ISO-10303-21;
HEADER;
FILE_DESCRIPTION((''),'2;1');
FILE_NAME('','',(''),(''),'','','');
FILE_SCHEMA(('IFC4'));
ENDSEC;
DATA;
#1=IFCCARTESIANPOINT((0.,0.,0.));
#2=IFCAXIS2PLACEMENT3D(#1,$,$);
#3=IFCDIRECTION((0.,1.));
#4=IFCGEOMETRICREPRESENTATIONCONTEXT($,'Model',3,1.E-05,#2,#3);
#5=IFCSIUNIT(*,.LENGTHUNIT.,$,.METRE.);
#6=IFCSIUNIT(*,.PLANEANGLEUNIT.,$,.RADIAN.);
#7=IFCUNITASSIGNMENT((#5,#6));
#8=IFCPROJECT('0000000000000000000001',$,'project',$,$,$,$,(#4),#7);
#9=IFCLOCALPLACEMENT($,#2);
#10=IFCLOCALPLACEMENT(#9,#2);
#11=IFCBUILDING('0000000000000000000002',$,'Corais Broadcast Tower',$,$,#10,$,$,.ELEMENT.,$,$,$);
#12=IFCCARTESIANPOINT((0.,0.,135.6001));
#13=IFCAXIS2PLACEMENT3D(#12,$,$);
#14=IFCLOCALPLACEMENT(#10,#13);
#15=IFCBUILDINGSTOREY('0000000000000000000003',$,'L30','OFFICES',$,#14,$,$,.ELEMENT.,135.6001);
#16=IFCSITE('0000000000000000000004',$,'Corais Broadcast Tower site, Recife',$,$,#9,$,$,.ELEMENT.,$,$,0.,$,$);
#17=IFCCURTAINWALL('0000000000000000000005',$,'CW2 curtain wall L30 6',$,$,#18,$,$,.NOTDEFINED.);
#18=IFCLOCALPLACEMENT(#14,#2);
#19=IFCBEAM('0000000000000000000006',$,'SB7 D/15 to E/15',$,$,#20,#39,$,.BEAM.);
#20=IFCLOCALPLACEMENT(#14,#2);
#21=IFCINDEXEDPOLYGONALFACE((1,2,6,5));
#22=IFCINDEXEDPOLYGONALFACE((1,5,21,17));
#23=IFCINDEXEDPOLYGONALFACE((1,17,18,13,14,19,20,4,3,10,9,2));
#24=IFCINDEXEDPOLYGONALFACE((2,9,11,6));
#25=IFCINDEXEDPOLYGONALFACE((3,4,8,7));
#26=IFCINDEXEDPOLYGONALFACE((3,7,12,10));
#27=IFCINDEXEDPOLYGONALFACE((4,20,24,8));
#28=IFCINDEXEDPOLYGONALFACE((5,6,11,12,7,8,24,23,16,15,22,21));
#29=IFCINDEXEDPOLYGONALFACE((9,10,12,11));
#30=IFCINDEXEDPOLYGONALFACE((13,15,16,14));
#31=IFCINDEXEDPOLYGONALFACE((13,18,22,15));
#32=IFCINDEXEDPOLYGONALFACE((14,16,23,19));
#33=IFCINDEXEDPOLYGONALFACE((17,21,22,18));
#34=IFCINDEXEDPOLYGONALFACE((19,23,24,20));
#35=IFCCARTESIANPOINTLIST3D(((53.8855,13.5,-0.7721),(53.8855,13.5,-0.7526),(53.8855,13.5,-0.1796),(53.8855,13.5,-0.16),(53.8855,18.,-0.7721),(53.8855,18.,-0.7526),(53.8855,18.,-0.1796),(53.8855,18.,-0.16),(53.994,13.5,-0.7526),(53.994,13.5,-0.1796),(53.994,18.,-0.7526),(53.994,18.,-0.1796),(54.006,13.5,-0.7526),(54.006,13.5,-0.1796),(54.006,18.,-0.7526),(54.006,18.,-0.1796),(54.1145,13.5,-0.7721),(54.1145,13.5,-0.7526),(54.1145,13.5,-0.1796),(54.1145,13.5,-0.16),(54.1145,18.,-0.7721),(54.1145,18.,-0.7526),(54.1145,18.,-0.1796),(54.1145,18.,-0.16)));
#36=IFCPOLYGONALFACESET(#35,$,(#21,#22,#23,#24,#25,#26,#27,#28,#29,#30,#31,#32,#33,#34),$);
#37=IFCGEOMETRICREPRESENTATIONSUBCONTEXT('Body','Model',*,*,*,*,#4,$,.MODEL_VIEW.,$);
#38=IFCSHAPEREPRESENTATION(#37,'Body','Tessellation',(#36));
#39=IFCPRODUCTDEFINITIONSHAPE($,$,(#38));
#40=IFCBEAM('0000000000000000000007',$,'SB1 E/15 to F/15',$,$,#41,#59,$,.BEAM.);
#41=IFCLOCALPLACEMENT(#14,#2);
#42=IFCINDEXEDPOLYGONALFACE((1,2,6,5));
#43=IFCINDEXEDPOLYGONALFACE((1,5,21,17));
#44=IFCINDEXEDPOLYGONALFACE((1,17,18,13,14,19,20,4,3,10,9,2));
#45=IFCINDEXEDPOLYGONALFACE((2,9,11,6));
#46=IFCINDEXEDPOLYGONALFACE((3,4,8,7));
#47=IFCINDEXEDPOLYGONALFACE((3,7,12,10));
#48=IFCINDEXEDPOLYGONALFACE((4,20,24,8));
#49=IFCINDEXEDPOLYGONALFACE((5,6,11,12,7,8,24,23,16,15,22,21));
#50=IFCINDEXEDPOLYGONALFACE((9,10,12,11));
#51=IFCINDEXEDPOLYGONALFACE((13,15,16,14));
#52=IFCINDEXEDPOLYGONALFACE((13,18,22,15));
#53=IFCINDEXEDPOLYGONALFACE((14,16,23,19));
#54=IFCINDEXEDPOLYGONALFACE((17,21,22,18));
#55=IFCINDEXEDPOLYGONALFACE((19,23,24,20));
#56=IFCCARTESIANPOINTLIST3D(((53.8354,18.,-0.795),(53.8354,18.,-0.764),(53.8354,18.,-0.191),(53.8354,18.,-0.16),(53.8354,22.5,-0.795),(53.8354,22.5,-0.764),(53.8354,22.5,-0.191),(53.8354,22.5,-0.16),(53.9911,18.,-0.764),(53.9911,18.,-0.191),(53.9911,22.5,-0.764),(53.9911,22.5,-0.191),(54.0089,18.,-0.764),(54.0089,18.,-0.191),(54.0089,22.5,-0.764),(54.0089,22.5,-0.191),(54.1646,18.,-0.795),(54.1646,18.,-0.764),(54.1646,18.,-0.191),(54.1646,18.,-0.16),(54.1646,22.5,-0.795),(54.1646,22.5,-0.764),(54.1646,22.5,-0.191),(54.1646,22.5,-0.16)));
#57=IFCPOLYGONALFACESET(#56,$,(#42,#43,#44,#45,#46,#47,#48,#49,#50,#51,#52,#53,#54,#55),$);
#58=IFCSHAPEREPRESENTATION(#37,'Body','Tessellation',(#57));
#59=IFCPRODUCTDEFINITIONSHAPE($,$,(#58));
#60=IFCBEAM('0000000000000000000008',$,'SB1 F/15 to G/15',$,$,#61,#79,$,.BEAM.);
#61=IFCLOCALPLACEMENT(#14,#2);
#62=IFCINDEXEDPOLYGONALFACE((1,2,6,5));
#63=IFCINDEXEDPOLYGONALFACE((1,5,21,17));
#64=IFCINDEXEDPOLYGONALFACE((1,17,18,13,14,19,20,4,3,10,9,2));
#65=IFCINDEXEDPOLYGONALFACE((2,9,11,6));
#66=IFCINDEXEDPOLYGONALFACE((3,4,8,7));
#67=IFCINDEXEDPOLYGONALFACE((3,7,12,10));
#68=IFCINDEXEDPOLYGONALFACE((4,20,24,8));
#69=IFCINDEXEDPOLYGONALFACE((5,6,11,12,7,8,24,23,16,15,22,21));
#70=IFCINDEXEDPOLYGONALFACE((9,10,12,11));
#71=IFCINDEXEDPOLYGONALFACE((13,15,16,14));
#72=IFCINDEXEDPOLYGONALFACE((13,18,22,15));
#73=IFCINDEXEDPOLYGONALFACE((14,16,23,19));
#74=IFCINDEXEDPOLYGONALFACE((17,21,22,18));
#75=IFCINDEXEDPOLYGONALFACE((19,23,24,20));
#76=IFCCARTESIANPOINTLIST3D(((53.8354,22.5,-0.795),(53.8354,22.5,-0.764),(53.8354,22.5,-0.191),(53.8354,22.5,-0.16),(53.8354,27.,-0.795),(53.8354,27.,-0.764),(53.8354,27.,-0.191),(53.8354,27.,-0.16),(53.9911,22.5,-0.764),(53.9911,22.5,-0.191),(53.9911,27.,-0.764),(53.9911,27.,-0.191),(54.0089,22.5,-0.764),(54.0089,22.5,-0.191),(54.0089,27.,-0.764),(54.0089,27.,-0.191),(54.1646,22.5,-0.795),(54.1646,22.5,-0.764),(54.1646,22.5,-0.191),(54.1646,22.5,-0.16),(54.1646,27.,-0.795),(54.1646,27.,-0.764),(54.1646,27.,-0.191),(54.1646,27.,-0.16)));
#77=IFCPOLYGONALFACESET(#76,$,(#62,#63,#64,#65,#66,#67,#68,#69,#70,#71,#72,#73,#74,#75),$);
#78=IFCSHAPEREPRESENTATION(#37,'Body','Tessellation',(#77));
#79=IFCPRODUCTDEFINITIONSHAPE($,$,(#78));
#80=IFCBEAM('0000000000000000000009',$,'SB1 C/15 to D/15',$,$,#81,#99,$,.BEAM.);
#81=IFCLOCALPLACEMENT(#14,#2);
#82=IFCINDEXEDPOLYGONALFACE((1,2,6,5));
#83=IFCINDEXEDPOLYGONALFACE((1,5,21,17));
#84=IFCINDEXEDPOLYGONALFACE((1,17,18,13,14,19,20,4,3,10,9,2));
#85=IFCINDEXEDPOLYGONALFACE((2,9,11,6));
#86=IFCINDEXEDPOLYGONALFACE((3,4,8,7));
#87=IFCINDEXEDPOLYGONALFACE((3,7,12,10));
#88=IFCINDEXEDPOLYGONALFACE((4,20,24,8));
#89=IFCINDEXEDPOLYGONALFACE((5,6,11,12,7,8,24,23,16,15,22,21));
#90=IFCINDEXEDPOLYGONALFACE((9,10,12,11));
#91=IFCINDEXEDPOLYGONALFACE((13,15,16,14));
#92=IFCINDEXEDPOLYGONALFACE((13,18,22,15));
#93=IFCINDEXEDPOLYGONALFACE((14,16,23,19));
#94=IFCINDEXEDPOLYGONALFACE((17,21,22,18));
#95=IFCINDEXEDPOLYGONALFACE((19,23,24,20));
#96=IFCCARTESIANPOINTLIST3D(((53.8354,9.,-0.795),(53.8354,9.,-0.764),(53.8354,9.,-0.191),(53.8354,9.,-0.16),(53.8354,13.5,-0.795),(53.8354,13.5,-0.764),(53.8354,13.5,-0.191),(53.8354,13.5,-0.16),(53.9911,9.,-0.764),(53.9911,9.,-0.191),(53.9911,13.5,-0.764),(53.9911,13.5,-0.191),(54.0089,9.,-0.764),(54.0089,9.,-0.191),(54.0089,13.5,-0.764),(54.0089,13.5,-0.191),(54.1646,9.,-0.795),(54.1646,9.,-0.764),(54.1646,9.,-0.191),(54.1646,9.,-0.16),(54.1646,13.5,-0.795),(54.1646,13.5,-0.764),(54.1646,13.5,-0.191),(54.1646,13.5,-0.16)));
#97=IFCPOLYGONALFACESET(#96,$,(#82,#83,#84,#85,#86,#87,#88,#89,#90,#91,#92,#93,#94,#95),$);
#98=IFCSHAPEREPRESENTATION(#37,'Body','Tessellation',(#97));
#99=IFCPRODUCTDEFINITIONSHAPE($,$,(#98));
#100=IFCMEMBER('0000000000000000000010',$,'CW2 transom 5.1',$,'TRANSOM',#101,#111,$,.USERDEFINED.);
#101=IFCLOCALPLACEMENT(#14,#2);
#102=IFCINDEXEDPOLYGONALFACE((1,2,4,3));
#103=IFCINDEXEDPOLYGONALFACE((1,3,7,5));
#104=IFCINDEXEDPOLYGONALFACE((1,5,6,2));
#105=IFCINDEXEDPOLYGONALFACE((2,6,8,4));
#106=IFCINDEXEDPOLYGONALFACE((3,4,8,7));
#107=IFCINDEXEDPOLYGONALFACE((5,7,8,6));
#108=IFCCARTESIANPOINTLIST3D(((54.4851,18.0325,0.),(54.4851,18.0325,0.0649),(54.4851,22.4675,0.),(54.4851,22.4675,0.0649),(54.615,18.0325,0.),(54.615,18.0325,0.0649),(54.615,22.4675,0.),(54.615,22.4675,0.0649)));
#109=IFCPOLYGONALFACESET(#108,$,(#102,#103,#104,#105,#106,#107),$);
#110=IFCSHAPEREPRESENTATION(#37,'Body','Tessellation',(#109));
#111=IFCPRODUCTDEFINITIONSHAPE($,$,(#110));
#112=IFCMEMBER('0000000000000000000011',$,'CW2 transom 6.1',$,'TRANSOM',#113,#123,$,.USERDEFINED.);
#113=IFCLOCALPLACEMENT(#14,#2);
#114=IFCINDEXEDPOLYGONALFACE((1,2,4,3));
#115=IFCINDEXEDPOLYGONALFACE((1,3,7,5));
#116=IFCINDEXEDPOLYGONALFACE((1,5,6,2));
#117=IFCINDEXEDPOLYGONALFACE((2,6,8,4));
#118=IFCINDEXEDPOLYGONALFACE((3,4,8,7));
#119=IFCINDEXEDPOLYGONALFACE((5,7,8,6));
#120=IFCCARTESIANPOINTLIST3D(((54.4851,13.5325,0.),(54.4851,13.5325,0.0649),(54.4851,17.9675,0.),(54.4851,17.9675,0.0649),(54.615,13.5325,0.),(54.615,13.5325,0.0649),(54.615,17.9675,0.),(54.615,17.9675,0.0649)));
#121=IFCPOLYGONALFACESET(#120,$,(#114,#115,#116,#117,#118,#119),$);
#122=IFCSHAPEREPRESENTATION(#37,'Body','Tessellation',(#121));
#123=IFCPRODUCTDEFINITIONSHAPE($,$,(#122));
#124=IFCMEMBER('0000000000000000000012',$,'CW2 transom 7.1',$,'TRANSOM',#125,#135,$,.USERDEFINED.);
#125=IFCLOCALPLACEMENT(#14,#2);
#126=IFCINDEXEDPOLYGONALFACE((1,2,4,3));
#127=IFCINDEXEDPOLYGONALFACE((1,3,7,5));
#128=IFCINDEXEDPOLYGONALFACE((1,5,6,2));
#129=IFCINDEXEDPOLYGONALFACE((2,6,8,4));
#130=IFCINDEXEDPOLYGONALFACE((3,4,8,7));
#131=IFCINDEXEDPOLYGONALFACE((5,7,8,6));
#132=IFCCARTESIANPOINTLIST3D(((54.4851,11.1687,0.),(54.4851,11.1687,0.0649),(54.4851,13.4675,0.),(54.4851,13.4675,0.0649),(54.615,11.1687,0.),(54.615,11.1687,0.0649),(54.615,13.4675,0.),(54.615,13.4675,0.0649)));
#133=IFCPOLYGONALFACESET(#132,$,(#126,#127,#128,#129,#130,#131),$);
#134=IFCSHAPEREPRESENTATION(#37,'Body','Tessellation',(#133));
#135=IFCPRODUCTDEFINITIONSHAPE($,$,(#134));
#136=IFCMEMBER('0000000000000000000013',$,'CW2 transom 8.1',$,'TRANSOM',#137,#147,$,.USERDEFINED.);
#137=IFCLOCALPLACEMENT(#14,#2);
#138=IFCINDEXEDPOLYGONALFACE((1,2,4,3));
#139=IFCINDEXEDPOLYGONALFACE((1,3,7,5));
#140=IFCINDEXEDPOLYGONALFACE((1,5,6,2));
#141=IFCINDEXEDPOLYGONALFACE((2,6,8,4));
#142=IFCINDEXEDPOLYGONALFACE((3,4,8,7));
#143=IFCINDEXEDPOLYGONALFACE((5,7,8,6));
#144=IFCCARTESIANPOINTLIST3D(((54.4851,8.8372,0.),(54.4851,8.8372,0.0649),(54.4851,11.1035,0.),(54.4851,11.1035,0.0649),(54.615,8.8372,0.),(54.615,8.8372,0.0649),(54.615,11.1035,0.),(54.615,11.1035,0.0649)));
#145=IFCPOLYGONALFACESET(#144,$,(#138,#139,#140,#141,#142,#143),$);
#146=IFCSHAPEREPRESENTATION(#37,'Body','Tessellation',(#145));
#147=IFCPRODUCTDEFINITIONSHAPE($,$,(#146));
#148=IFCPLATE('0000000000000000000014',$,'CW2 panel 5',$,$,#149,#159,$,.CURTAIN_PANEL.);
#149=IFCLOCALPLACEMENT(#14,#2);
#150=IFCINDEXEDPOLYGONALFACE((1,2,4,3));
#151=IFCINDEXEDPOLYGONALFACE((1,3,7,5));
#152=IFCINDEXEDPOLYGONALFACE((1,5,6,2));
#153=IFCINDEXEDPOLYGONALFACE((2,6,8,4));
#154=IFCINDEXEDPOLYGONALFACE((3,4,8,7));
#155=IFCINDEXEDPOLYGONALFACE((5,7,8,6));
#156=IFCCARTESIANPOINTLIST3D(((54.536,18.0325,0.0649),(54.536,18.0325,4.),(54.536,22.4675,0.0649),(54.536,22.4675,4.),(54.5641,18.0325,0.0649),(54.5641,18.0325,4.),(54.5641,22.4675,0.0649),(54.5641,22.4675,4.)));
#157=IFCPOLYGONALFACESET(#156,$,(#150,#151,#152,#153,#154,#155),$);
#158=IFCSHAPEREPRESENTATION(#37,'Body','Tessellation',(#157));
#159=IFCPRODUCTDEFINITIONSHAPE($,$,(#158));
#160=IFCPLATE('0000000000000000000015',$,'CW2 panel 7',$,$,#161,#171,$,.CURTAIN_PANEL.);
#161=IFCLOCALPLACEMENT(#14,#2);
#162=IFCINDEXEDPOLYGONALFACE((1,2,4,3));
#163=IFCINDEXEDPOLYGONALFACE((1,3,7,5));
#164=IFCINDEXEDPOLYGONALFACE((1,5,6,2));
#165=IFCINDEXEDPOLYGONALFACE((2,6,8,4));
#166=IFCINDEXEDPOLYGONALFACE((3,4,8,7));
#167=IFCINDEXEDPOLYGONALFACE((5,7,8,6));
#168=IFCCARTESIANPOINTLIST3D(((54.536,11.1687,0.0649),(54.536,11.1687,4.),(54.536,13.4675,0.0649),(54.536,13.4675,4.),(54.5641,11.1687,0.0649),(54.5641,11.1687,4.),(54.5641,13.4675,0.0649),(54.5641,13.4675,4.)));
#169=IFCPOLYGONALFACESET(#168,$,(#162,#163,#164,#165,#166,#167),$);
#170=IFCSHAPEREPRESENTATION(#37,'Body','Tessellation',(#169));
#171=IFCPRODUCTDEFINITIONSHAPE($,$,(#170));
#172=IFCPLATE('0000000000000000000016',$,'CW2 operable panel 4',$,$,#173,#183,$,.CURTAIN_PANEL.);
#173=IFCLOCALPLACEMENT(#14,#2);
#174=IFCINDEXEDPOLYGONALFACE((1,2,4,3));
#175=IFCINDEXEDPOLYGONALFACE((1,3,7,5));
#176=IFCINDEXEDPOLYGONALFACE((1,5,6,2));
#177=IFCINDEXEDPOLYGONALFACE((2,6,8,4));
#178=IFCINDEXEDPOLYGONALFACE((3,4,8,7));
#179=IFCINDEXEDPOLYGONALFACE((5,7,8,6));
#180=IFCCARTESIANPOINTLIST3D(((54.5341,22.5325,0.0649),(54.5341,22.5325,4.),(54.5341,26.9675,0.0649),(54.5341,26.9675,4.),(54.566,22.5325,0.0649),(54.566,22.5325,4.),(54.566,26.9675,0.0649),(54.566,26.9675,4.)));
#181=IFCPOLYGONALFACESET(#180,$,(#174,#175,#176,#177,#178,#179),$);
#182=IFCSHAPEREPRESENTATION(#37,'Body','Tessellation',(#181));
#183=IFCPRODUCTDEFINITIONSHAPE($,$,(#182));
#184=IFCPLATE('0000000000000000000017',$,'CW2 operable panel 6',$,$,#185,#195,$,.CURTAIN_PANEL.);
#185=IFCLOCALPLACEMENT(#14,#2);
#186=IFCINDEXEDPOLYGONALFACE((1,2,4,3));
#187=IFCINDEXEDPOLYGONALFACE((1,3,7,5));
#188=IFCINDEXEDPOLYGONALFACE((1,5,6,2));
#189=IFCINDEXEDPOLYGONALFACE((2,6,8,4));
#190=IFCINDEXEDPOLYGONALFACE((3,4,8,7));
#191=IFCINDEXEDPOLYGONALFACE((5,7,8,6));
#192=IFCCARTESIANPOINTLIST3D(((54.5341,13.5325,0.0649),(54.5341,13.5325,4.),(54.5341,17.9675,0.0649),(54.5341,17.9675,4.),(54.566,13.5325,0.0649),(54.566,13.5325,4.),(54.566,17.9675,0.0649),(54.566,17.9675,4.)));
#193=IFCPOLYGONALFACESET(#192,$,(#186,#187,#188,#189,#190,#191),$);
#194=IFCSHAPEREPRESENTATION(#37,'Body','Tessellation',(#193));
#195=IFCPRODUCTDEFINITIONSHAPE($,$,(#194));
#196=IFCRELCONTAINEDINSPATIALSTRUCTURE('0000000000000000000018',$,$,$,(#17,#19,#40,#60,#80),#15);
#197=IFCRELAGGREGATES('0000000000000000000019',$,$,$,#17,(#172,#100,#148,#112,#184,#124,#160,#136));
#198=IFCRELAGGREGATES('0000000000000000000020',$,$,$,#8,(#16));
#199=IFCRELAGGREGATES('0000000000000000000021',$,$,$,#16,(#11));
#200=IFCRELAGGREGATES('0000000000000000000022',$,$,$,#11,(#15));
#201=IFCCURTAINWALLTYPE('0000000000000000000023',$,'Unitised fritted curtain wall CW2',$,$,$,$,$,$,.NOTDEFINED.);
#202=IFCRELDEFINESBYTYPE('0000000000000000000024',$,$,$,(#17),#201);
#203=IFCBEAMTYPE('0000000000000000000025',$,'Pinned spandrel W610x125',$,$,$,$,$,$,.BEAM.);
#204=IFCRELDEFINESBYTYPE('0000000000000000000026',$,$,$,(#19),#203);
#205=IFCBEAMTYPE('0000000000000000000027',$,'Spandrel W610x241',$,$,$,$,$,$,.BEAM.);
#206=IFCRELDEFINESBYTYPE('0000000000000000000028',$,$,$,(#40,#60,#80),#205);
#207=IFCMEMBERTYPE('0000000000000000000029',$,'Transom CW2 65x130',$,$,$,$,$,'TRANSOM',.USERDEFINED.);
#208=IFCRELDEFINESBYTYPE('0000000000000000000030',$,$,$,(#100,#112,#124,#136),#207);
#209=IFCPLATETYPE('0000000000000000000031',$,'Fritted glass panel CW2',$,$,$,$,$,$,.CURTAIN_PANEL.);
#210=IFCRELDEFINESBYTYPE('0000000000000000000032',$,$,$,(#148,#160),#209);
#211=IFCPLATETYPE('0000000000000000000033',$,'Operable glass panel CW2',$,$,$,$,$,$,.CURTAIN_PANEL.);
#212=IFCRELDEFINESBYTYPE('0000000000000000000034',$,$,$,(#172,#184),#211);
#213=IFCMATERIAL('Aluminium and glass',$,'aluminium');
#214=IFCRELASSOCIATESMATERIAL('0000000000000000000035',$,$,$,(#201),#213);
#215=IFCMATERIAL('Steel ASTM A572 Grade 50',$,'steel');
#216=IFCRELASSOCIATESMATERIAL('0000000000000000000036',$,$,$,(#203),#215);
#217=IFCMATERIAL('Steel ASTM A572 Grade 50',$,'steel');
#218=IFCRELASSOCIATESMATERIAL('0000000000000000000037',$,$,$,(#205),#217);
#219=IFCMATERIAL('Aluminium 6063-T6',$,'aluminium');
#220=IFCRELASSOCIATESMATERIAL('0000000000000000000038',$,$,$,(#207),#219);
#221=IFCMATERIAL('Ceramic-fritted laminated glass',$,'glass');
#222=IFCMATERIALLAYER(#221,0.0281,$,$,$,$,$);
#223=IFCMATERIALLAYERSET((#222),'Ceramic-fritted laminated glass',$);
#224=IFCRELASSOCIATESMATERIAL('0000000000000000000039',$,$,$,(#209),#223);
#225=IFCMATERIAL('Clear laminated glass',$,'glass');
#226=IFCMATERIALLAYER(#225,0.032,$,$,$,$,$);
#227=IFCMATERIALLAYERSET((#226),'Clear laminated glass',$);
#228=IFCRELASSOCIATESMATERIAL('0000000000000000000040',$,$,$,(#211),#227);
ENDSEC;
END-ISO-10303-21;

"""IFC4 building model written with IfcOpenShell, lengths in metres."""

from ifc_helpers import new_model, si_unit, direction, frame, origin, origin_2d, place, context, subcontext, project, spatial, rectangle, i_section, extrude, material, layer, layer_set, material_profile, profile_set, type_object, element, aggregate, save


model = new_model("IFC4")

# Units and contexts
model_context = context("Model", 3, precision=1e-05, world=origin(), true_north=direction((0.0, 1.0)))
body_context = subcontext(model_context, "Body", "Model", "MODEL_VIEW")
ifc_project = project(units=[si_unit("LENGTHUNIT", "METRE"), si_unit("PLANEANGLEUNIT", "RADIAN")], contexts=[model_context])

# Site, building, storey
site_placement = place(None, origin())
site = spatial("IfcSite", under=ifc_project, at=site_placement, Name="Corais Broadcast Tower site, Recife", CompositionType="ELEMENT", RefElevation=0.0)
building_placement = place(site_placement, origin())
building = spatial("IfcBuilding", under=site, at=building_placement, Name="Corais Broadcast Tower", CompositionType="ELEMENT")
storey_placement = place(building_placement, frame((0.0, 0.0, 135.6001)))
storey = spatial("IfcBuildingStorey", under=building, at=storey_placement, Name="L30", Description="OFFICES", CompositionType="ELEMENT", Elevation=135.6001)

# Curtain wall
ifc_material_1 = material(Name="Aluminium and glass", Category="aluminium")
curtain_wall_type = type_object("IfcCurtainWallType", Name="Unitised fritted curtain wall CW2", PredefinedType="NOTDEFINED", material=ifc_material_1)
curtain_wall_placement = place(storey_placement, origin())
curtain_wall = element("IfcCurtainWall", 1, at=curtain_wall_placement, inside=storey, type_object=curtain_wall_type, Name="CW2 curtain wall L30 6", PredefinedType="NOTDEFINED")

# Beams
ifc_material_2 = material(Name="Steel ASTM A572 Grade 50", Category="steel")
ifc_material_profile_1 = material_profile(ifc_material_2, i_section(OverallWidth=0.229, OverallDepth=0.6121, WebThickness=0.012, FlangeThickness=0.0195, at=origin_2d()), Name="W610x125")
ifc_profile_set_1 = profile_set([ifc_material_profile_1], Name="Steel ASTM A572 Grade 50")
beam_type_1 = type_object("IfcBeamType", Name="Pinned spandrel W610x125", PredefinedType="BEAM", material=ifc_profile_set_1)
beam_placement = place(storey_placement, frame((54.0, 13.5, -0.4661), z_axis=(0.0, 1.0, 0.0), x_axis=(-1.0, 0.0, 0.0)))
element("IfcBeam", 2, at=beam_placement, inside=storey, type_object=beam_type_1, Name="SB7 D/15 to E/15", PredefinedType="BEAM", context=body_context, shape_type="SweptSolid", body=[
    extrude(i_section(OverallWidth=0.229, OverallDepth=0.6121, WebThickness=0.012, FlangeThickness=0.0195, at=origin_2d()), origin(), (0.0, 0.0, 1.0), 4.5),
])
ifc_material_3 = material(Name="Steel ASTM A572 Grade 50", Category="steel")
ifc_material_profile_2 = material_profile(ifc_material_3, i_section(OverallWidth=0.3291, OverallDepth=0.635, WebThickness=0.0178, FlangeThickness=0.031, at=origin_2d()), Name="W610x241")
ifc_profile_set_2 = profile_set([ifc_material_profile_2], Name="Steel ASTM A572 Grade 50")
beam_type_2 = type_object("IfcBeamType", Name="Spandrel W610x241", PredefinedType="BEAM", material=ifc_profile_set_2)
for number, where, z_axis, x_axis, name in (
    (3, (54.0, 18.0, -0.4775), (0.0, 1.0, 0.0), (-1.0, 0.0, 0.0), "SB1 E/15 to F/15"),
    (4, (54.0, 22.5, -0.4775), (0.0, 1.0, 0.0), (-1.0, 0.0, 0.0), "SB1 F/15 to G/15"),
    (5, (54.0, 9.0, -0.4775), (0.0, 1.0, 0.0), (-1.0, 0.0, 0.0), "SB1 C/15 to D/15"),
):
    element("IfcBeam", number, at=place(storey_placement, frame(where, z_axis=z_axis, x_axis=x_axis)), inside=storey, type_object=beam_type_2, Name=name, PredefinedType="BEAM", context=body_context, shape_type="SweptSolid", body=[
        extrude(i_section(OverallWidth=0.3291, OverallDepth=0.635, WebThickness=0.0178, FlangeThickness=0.031, at=origin_2d()), origin(), (0.0, 0.0, 1.0), 4.5),
    ])

# Members
ifc_material_4 = material(Name="Aluminium 6063-T6", Category="aluminium")
ifc_material_profile_3 = material_profile(ifc_material_4, rectangle(XDim=0.1299, YDim=0.0649, at=origin_2d()), Name="Transom CW2 65x130")
ifc_profile_set_3 = profile_set([ifc_material_profile_3], Name="Aluminium 6063-T6")
member_type_1 = type_object("IfcMemberType", Name="Transom CW2 65x130", ElementType="TRANSOM", PredefinedType="USERDEFINED", material=ifc_profile_set_3)
member_1_placement = place(storey_placement, frame((54.55, 22.4675, 0.0325), z_axis=(0.0, -1.0, 0.0), x_axis=(1.0, 0.0, 0.0)))
member_1 = element("IfcMember", 6, at=member_1_placement, type_object=member_type_1, Name="CW2 transom 5.1", ObjectType="TRANSOM", PredefinedType="USERDEFINED", context=body_context, shape_type="SweptSolid", body=[
    extrude(rectangle(XDim=0.1299, YDim=0.0649, at=origin_2d()), origin(), (0.0, 0.0, 1.0), 4.4351),
])
member_2_placement = place(storey_placement, frame((54.55, 17.9675, 0.0325), z_axis=(0.0, -1.0, 0.0), x_axis=(1.0, 0.0, 0.0)))
member_2 = element("IfcMember", 7, at=member_2_placement, type_object=member_type_1, Name="CW2 transom 6.1", ObjectType="TRANSOM", PredefinedType="USERDEFINED", context=body_context, shape_type="SweptSolid", body=[
    extrude(rectangle(XDim=0.1299, YDim=0.0649, at=origin_2d()), origin(), (0.0, 0.0, 1.0), 4.4351),
])
member_3_placement = place(storey_placement, frame((54.55, 13.4675, 0.0325), z_axis=(0.0, -1.0, 0.0), x_axis=(1.0, 0.0, 0.0)))
member_3 = element("IfcMember", 8, at=member_3_placement, type_object=member_type_1, Name="CW2 transom 7.1", ObjectType="TRANSOM", PredefinedType="USERDEFINED", context=body_context, shape_type="SweptSolid", body=[
    extrude(rectangle(XDim=0.1299, YDim=0.0649, at=origin_2d()), origin(), (0.0, 0.0, 1.0), 2.2988),
])
member_4_placement = place(storey_placement, frame((54.55, 11.1035, 0.0325), z_axis=(0.0, -1.0, 0.0), x_axis=(1.0, 0.0, 0.0)))
member_4 = element("IfcMember", 9, at=member_4_placement, type_object=member_type_1, Name="CW2 transom 8.1", ObjectType="TRANSOM", PredefinedType="USERDEFINED", context=body_context, shape_type="SweptSolid", body=[
    extrude(rectangle(XDim=0.1299, YDim=0.0649, at=origin_2d()), origin(), (0.0, 0.0, 1.0), 2.2664),
])

# Plates
ifc_material_5 = material(Name="Ceramic-fritted laminated glass", Category="glass")
ifc_layer_1 = layer(ifc_material_5, 0.0281)
ifc_layer_set_1 = layer_set([ifc_layer_1], Name="Ceramic-fritted laminated glass")
plate_type_1 = type_object("IfcPlateType", Name="Fritted glass panel CW2", PredefinedType="CURTAIN_PANEL", material=ifc_layer_set_1)
plate_1_placement = place(storey_placement, frame((54.55, 20.25, 0.0649), z_axis=(0.0, 0.0, 1.0), x_axis=(0.0, -1.0, 0.0)))
plate_1 = element("IfcPlate", 10, at=plate_1_placement, type_object=plate_type_1, Name="CW2 panel 5", PredefinedType="CURTAIN_PANEL", context=body_context, shape_type="SweptSolid", body=[
    extrude(rectangle(XDim=4.4351, YDim=0.0281, at=origin_2d()), origin(), (0.0, 0.0, 1.0), 3.9351),
])
plate_2_placement = place(storey_placement, frame((54.55, 12.3181, 0.0649), z_axis=(0.0, 0.0, 1.0), x_axis=(0.0, -1.0, 0.0)))
plate_2 = element("IfcPlate", 11, at=plate_2_placement, type_object=plate_type_1, Name="CW2 panel 7", PredefinedType="CURTAIN_PANEL", context=body_context, shape_type="SweptSolid", body=[
    extrude(rectangle(XDim=2.2988, YDim=0.0281, at=origin_2d()), origin(), (0.0, 0.0, 1.0), 3.9351),
])
ifc_material_6 = material(Name="Clear laminated glass", Category="glass")
ifc_layer_2 = layer(ifc_material_6, 0.032)
ifc_layer_set_2 = layer_set([ifc_layer_2], Name="Clear laminated glass")
plate_type_2 = type_object("IfcPlateType", Name="Operable glass panel CW2", PredefinedType="CURTAIN_PANEL", material=ifc_layer_set_2)
plate_3_placement = place(storey_placement, frame((54.55, 24.75, 0.0649), z_axis=(0.0, 0.0, 1.0), x_axis=(0.0, -1.0, 0.0)))
plate_3 = element("IfcPlate", 12, at=plate_3_placement, type_object=plate_type_2, Name="CW2 operable panel 4", PredefinedType="CURTAIN_PANEL", context=body_context, shape_type="SweptSolid", body=[
    extrude(rectangle(XDim=4.4351, YDim=0.032, at=origin_2d()), origin(), (0.0, 0.0, 1.0), 3.9351),
])
plate_4_placement = place(storey_placement, frame((54.55, 15.75, 0.0649), z_axis=(0.0, 0.0, 1.0), x_axis=(0.0, -1.0, 0.0)))
plate_4 = element("IfcPlate", 13, at=plate_4_placement, type_object=plate_type_2, Name="CW2 operable panel 6", PredefinedType="CURTAIN_PANEL", context=body_context, shape_type="SweptSolid", body=[
    extrude(rectangle(XDim=4.4351, YDim=0.032, at=origin_2d()), origin(), (0.0, 0.0, 1.0), 3.9351),
])
aggregate(curtain_wall, [plate_3, member_1, plate_1, member_2, plate_4, member_3, plate_2, member_4])

save(model, "model.ifc")
